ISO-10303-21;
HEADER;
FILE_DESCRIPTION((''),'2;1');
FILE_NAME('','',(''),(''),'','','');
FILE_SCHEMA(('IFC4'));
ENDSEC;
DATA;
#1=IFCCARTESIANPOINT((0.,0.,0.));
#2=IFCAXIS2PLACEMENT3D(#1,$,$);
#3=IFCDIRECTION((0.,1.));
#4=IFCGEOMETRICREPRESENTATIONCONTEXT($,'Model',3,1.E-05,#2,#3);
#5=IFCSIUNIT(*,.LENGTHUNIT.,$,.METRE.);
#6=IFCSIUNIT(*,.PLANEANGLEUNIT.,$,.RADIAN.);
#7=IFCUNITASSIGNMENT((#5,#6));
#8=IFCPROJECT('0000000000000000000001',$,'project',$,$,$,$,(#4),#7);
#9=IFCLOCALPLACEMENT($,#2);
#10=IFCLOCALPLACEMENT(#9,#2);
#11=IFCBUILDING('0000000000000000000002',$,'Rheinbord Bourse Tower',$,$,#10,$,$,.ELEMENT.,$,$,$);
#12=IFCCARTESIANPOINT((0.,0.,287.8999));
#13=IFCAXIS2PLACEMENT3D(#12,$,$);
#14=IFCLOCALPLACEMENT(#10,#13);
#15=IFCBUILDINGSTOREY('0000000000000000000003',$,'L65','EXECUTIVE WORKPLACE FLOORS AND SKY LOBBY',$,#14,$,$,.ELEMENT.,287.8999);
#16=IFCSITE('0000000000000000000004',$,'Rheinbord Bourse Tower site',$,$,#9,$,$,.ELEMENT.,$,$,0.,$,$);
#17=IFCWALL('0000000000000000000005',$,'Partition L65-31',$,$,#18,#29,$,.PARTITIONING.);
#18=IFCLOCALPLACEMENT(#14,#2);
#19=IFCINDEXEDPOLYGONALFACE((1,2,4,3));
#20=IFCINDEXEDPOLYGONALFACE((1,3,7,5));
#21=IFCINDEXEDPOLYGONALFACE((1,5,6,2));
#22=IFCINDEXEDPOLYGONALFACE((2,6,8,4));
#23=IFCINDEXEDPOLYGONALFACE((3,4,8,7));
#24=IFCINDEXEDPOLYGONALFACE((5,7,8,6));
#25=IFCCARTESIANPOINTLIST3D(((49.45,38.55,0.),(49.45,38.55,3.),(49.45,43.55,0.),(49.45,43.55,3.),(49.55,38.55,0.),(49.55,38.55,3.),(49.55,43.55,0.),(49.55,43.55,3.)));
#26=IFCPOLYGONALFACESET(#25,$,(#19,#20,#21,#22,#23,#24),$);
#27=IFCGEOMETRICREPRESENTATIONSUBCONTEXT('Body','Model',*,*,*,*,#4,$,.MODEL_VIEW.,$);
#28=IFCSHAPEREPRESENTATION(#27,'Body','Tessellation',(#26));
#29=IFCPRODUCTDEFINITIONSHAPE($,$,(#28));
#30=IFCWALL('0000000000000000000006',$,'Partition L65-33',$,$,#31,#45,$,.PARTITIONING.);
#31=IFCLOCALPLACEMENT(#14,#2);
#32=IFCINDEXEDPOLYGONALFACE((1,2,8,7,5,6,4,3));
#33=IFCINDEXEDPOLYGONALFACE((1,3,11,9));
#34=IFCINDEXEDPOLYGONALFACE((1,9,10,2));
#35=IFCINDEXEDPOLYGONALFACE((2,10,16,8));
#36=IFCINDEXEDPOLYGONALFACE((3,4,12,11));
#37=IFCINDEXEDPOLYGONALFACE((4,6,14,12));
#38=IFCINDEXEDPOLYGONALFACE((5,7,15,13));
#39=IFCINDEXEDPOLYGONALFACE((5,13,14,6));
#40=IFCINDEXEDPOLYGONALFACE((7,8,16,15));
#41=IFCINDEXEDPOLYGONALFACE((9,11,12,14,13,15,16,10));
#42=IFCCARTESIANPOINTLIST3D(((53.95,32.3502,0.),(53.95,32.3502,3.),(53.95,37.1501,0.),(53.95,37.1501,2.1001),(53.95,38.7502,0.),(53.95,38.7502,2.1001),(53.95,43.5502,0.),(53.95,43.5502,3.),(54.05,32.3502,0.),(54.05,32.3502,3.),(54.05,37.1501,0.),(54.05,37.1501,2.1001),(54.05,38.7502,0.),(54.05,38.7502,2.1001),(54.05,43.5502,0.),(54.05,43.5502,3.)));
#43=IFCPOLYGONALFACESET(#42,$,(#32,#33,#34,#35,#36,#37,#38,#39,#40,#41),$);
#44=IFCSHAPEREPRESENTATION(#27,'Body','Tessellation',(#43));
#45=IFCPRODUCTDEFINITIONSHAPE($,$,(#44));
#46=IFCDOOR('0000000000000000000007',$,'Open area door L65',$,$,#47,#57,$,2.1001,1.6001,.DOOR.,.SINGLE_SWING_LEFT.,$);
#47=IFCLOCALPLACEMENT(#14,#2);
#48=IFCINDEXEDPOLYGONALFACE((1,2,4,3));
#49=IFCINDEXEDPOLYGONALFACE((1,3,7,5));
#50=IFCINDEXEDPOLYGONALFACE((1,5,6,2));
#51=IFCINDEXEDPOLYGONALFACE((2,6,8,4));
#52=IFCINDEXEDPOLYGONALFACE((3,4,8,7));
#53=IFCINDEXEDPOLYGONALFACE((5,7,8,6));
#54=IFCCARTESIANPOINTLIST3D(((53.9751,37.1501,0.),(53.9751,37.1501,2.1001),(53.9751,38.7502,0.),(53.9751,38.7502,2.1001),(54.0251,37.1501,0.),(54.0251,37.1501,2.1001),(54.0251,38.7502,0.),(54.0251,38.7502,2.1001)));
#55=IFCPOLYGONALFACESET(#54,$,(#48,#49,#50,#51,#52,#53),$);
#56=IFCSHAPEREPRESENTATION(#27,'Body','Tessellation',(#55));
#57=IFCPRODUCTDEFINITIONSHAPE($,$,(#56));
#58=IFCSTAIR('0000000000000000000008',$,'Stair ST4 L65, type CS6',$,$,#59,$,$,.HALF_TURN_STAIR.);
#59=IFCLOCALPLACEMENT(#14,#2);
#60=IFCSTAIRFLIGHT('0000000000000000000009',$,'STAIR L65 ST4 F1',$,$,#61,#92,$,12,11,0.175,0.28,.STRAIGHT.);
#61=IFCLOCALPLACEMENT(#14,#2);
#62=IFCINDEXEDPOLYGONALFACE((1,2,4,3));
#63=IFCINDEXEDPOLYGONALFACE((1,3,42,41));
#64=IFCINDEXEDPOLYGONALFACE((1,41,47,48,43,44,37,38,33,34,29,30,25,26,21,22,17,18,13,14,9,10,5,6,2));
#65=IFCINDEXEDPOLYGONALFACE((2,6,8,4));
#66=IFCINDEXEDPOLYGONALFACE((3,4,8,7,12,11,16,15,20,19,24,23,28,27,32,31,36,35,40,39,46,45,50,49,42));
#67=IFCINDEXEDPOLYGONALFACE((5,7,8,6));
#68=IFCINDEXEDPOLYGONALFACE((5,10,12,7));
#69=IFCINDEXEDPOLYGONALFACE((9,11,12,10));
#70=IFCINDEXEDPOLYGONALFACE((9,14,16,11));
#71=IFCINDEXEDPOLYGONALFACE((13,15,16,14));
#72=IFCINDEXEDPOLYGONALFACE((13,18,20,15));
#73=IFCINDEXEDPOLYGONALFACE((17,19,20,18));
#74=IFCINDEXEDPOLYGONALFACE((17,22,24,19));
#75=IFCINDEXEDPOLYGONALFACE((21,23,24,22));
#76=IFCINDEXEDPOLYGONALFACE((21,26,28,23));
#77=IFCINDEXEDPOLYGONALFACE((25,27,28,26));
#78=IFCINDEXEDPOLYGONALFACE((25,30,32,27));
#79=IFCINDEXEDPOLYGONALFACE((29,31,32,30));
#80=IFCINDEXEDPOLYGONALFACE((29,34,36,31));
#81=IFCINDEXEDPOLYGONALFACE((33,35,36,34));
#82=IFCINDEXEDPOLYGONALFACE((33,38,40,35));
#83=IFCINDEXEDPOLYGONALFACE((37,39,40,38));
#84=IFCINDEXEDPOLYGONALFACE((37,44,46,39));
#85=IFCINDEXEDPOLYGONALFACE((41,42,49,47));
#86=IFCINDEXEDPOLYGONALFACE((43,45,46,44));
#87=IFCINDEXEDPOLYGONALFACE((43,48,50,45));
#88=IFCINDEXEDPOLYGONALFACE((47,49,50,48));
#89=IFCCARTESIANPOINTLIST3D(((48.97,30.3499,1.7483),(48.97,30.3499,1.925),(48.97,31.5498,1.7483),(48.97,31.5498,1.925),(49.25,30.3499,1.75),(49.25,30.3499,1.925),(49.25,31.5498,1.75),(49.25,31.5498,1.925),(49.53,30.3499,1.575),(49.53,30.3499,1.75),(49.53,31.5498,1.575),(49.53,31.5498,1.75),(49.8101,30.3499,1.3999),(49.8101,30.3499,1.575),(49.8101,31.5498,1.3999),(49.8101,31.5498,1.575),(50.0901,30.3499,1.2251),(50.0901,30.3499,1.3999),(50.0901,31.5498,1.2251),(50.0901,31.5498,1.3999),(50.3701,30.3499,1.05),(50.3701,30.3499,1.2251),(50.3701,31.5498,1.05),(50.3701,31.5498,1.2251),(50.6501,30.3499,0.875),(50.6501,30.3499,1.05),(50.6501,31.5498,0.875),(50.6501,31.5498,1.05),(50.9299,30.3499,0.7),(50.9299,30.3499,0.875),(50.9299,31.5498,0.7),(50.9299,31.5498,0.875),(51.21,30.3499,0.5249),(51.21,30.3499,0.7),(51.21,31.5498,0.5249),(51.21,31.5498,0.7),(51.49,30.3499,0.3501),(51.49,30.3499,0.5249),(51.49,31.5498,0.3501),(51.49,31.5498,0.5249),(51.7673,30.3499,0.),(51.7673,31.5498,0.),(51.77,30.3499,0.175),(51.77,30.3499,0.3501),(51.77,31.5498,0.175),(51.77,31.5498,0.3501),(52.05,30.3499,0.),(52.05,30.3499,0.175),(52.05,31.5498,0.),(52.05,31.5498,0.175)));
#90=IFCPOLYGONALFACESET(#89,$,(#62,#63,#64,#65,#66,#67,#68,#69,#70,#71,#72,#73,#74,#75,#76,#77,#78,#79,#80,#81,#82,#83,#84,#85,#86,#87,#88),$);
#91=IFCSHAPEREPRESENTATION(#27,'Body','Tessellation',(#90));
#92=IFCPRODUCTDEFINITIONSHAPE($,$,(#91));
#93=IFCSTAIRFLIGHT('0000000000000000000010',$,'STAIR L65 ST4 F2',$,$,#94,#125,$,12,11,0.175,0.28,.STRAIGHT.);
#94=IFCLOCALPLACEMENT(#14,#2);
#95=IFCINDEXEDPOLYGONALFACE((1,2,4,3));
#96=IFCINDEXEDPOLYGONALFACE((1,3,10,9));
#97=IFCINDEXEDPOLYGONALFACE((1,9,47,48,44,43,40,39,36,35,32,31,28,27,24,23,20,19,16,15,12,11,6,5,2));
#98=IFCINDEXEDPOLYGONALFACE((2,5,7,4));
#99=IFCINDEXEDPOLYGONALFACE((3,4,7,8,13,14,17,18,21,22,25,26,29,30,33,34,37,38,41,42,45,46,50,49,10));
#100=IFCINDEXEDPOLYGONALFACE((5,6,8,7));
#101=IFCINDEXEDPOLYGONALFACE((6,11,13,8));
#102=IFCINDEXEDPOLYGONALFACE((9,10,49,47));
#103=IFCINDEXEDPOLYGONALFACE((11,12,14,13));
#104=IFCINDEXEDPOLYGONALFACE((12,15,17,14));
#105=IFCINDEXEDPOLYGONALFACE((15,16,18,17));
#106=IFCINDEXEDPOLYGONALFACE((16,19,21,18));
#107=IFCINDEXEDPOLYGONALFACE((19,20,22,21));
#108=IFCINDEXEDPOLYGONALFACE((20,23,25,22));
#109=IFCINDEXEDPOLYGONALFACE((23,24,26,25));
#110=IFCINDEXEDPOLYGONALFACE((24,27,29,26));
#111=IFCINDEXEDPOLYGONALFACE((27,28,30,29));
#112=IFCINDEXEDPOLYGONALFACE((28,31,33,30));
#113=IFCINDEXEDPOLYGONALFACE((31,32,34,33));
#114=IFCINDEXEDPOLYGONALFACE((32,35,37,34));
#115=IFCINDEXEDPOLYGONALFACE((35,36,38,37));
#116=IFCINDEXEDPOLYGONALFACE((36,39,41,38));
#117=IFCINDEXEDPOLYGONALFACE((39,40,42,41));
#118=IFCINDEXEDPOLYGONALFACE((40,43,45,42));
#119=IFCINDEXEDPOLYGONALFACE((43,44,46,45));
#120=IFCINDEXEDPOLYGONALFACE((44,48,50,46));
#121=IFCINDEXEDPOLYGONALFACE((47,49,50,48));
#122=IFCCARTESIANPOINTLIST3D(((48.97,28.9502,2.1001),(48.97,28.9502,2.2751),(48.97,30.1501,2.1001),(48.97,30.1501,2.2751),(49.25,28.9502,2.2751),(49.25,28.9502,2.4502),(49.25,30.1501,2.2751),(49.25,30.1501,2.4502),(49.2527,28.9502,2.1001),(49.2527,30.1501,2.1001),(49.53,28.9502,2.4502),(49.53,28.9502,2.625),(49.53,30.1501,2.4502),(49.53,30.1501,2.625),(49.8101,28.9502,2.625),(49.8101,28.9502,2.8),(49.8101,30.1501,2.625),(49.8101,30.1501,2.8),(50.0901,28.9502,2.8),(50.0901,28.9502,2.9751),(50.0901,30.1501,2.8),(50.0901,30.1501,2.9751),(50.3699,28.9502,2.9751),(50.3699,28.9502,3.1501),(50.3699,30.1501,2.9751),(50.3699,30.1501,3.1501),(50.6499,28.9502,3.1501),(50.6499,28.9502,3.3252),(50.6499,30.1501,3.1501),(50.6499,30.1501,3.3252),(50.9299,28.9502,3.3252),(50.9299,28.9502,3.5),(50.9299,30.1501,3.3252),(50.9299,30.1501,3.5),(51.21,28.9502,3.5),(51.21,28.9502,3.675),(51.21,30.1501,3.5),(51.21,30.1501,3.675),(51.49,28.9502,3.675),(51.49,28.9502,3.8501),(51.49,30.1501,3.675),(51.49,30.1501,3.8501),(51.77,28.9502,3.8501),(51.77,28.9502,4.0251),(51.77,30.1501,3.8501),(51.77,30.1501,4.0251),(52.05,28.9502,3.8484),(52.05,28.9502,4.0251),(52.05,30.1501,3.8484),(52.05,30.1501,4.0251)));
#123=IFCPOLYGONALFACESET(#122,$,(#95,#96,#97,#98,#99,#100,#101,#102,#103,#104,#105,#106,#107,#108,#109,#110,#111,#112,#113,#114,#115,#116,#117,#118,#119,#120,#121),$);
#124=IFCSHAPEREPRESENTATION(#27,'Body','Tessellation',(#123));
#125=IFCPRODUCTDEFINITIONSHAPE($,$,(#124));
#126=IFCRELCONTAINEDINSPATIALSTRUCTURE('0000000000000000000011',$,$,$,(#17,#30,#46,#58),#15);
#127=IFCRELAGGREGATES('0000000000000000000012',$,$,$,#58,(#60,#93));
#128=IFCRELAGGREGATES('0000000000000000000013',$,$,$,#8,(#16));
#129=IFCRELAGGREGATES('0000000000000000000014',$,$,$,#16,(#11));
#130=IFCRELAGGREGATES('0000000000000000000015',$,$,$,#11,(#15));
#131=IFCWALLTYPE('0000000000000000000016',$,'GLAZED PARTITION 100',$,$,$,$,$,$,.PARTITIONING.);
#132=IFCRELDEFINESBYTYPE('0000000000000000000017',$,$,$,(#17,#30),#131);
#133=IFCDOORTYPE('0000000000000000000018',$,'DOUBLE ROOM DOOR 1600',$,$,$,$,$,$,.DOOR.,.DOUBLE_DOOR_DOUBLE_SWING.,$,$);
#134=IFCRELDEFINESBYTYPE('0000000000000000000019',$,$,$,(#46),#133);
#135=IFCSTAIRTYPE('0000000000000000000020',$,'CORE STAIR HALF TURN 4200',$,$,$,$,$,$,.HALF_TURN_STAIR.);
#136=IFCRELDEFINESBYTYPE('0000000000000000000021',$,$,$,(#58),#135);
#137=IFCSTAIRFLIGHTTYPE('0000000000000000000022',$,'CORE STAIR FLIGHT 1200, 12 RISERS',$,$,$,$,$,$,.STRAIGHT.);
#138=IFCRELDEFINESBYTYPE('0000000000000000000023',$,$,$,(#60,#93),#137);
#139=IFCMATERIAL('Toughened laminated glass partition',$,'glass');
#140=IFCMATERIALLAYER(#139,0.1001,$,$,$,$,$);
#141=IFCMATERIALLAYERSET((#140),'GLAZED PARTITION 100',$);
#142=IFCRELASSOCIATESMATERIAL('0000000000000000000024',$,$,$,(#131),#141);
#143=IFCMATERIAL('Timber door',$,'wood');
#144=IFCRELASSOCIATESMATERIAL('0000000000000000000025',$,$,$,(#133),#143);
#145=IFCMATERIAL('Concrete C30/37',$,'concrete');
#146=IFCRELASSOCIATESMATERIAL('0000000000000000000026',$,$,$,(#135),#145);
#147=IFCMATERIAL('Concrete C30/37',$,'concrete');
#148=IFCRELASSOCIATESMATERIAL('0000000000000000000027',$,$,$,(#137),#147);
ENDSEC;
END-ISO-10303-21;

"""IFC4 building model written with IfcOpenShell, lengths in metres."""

from ifc_helpers import new_model, si_unit, direction, frame, frame_2d, origin, place, context, subcontext, project, spatial, polyline, rectangle, outline, extrude, material, layer, layer_set, type_object, element, fill, aggregate, save


model = new_model("IFC4")

# Units and contexts
model_context = context("Model", 3, precision=1e-05, world=origin(), true_north=direction((0.0, 1.0)))
body_context = subcontext(model_context, "Body", "Model", "MODEL_VIEW")
ifc_project = project(units=[si_unit("LENGTHUNIT", "METRE"), si_unit("PLANEANGLEUNIT", "RADIAN")], contexts=[model_context])

# Site, building, storey
site_placement = place(None, origin())
site = spatial("IfcSite", under=ifc_project, at=site_placement, Name="Rheinbord Bourse Tower site", CompositionType="ELEMENT", RefElevation=0.0)
building_placement = place(site_placement, origin())
building = spatial("IfcBuilding", under=site, at=building_placement, Name="Rheinbord Bourse Tower", CompositionType="ELEMENT")
storey_placement = place(building_placement, frame((0.0, 0.0, 287.8999)))
storey = spatial("IfcBuildingStorey", under=building, at=storey_placement, Name="L65", Description="EXECUTIVE WORKPLACE FLOORS AND SKY LOBBY", CompositionType="ELEMENT", Elevation=287.8999)

# Wall
ifc_material_1 = material(Name="Toughened laminated glass partition", Category="glass")
ifc_layer_1 = layer(ifc_material_1, 0.1001)
ifc_layer_set_1 = layer_set([ifc_layer_1], Name="GLAZED PARTITION 100")
wall_type_1 = type_object("IfcWallType", Name="GLAZED PARTITION 100", PredefinedType="PARTITIONING", material=ifc_layer_set_1)
wall_1_placement = place(storey_placement, frame((49.5, 38.55, 0.0), z_axis=(0.0, 0.0, 1.0), x_axis=(0.0, 1.0, 0.0)))
element("IfcWall", 1, at=wall_1_placement, inside=storey, type_object=wall_type_1, Name="Partition L65-31", PredefinedType="PARTITIONING", context=body_context, shape_type="SweptSolid", body=[
    extrude(rectangle(XDim=5.0, YDim=0.1001, at=frame_2d((2.5, 0.0))), origin(), (0.0, 0.0, 1.0), 3.0),
])

# Wall, opening, door
wall_2_placement = place(storey_placement, frame((54.0, 32.3501, 0.0), z_axis=(0.0, 0.0, 1.0), x_axis=(0.0, 1.0, 0.0)))
wall_2 = element("IfcWall", 2, at=wall_2_placement, inside=storey, type_object=wall_type_1, Name="Partition L65-33", PredefinedType="PARTITIONING", context=body_context, shape_type="SweptSolid", body=[
    extrude(rectangle(XDim=11.2, YDim=0.1001, at=frame_2d((5.6001, 0.0))), origin(), (0.0, 0.0, 1.0), 3.0),
])
opening_1_placement = place(wall_2_placement, frame((4.8, 0.0, 0.0)))
opening_1 = element("IfcOpeningElement", 3, at=opening_1_placement, cuts=wall_2, PredefinedType="OPENING", context=body_context, shape_type="SweptSolid", body=[
    extrude(rectangle(XDim=1.6001, YDim=2.1001, at=frame_2d((0.8, 1.05))), frame((0.0, 0.0601, 0.0), z_axis=(0.0, -1.0, 0.0), x_axis=(1.0, 0.0, 0.0)), (0.0, 0.0, 1.0), 0.1201),
])
ifc_material_2 = material(Name="Timber door", Category="wood")
door_type_1 = type_object("IfcDoorType", Name="DOUBLE ROOM DOOR 1600", OperationType="DOUBLE_DOOR_DOUBLE_SWING", PredefinedType="DOOR", material=ifc_material_2)
door_1_placement = place(opening_1_placement, origin())
door_1 = element("IfcDoor", 4, at=door_1_placement, inside=storey, type_object=door_type_1, Name="Open area door L65", OperationType="SINGLE_SWING_LEFT", OverallHeight=2.1001, OverallWidth=1.6001, PredefinedType="DOOR", context=body_context, shape_type="SweptSolid", body=[
    extrude(rectangle(XDim=1.6001, YDim=2.1001, at=frame_2d((0.8, 1.05))), frame((0.0, 0.0249, 0.0), z_axis=(0.0, -1.0, 0.0), x_axis=(1.0, 0.0, 0.0)), (0.0, 0.0, 1.0), 0.05),
])
fill(opening_1, door_1)

# Stair, stair flights
ifc_material_3 = material(Name="Concrete C30/37", Category="concrete")
stair_type = type_object("IfcStairType", Name="CORE STAIR HALF TURN 4200", PredefinedType="HALF_TURN_STAIR", material=ifc_material_3)
stair_placement = place(storey_placement, origin())
stair = element("IfcStair", 5, at=stair_placement, inside=storey, type_object=stair_type, Name="Stair ST4 L65, type CS6", PredefinedType="HALF_TURN_STAIR")
ifc_material_4 = material(Name="Concrete C30/37", Category="concrete")
stair_flight_type = type_object("IfcStairFlightType", Name="CORE STAIR FLIGHT 1200, 12 RISERS", PredefinedType="STRAIGHT", material=ifc_material_4)
stair_flight_1_placement = place(storey_placement, frame((52.05, 30.95, 0.0), z_axis=(0.0, 0.0, 1.0), x_axis=(-1.0, 0.0, 0.0)))
stair_flight_1 = element("IfcStairFlight", 6, at=stair_flight_1_placement, type_object=stair_flight_type, Name="STAIR L65 ST4 F1", NumberOfRisers=12, NumberOfTreads=11, PredefinedType="STRAIGHT", RiserHeight=0.175, TreadLength=0.28, context=body_context, shape_type="SweptSolid", body=[
    extrude(outline(polyline([(0.0, 0.0), (0.0, 0.175), (0.28, 0.175), (0.28, 0.3501), (0.5601, 0.3501), (0.5601, 0.5249), (0.8401, 0.5249), (0.8401, 0.7), (1.1201, 0.7), (1.1201, 0.875), (1.3999, 0.875), (1.3999, 1.05), (1.6799, 1.05), (1.6799, 1.2251), (1.96, 1.2251), (1.96, 1.3999), (2.24, 1.3999), (2.24, 1.575), (2.52, 1.575), (2.52, 1.75), (2.8, 1.75), (2.8, 1.925), (3.0801, 1.925), (3.0801, 2.1001), (3.0801, 1.7483), (0.2827, 0.0), (0.0, 0.0)])), frame((0.0, 0.6001, 0.0), z_axis=(0.0, -1.0, 0.0), x_axis=(1.0, 0.0, 0.0)), (0.0, 0.0, 1.0), 1.2),
])
stair_flight_2_placement = place(storey_placement, frame((48.97, 29.55, 2.1001), z_axis=(0.0, 0.0, 1.0), x_axis=(1.0, 0.0, 0.0)))
stair_flight_2 = element("IfcStairFlight", 7, at=stair_flight_2_placement, type_object=stair_flight_type, Name="STAIR L65 ST4 F2", NumberOfRisers=12, NumberOfTreads=11, PredefinedType="STRAIGHT", RiserHeight=0.175, TreadLength=0.28, context=body_context, shape_type="SweptSolid", body=[
    extrude(outline(polyline([(0.0, 0.0), (0.0, 0.175), (0.28, 0.175), (0.28, 0.3501), (0.5601, 0.3501), (0.5601, 0.5249), (0.8401, 0.5249), (0.8401, 0.7), (1.1201, 0.7), (1.1201, 0.875), (1.3999, 0.875), (1.3999, 1.05), (1.6799, 1.05), (1.6799, 1.2251), (1.96, 1.2251), (1.96, 1.3999), (2.24, 1.3999), (2.24, 1.575), (2.52, 1.575), (2.52, 1.75), (2.8, 1.75), (2.8, 1.925), (3.0801, 1.925), (3.0801, 2.1001), (3.0801, 1.7483), (0.2827, 0.0), (0.0, 0.0)])), frame((0.0, 0.6001, 0.0), z_axis=(0.0, -1.0, 0.0), x_axis=(1.0, 0.0, 0.0)), (0.0, 0.0, 1.0), 1.2),
])
aggregate(stair, [stair_flight_1, stair_flight_2])

save(model, "model.ifc")
